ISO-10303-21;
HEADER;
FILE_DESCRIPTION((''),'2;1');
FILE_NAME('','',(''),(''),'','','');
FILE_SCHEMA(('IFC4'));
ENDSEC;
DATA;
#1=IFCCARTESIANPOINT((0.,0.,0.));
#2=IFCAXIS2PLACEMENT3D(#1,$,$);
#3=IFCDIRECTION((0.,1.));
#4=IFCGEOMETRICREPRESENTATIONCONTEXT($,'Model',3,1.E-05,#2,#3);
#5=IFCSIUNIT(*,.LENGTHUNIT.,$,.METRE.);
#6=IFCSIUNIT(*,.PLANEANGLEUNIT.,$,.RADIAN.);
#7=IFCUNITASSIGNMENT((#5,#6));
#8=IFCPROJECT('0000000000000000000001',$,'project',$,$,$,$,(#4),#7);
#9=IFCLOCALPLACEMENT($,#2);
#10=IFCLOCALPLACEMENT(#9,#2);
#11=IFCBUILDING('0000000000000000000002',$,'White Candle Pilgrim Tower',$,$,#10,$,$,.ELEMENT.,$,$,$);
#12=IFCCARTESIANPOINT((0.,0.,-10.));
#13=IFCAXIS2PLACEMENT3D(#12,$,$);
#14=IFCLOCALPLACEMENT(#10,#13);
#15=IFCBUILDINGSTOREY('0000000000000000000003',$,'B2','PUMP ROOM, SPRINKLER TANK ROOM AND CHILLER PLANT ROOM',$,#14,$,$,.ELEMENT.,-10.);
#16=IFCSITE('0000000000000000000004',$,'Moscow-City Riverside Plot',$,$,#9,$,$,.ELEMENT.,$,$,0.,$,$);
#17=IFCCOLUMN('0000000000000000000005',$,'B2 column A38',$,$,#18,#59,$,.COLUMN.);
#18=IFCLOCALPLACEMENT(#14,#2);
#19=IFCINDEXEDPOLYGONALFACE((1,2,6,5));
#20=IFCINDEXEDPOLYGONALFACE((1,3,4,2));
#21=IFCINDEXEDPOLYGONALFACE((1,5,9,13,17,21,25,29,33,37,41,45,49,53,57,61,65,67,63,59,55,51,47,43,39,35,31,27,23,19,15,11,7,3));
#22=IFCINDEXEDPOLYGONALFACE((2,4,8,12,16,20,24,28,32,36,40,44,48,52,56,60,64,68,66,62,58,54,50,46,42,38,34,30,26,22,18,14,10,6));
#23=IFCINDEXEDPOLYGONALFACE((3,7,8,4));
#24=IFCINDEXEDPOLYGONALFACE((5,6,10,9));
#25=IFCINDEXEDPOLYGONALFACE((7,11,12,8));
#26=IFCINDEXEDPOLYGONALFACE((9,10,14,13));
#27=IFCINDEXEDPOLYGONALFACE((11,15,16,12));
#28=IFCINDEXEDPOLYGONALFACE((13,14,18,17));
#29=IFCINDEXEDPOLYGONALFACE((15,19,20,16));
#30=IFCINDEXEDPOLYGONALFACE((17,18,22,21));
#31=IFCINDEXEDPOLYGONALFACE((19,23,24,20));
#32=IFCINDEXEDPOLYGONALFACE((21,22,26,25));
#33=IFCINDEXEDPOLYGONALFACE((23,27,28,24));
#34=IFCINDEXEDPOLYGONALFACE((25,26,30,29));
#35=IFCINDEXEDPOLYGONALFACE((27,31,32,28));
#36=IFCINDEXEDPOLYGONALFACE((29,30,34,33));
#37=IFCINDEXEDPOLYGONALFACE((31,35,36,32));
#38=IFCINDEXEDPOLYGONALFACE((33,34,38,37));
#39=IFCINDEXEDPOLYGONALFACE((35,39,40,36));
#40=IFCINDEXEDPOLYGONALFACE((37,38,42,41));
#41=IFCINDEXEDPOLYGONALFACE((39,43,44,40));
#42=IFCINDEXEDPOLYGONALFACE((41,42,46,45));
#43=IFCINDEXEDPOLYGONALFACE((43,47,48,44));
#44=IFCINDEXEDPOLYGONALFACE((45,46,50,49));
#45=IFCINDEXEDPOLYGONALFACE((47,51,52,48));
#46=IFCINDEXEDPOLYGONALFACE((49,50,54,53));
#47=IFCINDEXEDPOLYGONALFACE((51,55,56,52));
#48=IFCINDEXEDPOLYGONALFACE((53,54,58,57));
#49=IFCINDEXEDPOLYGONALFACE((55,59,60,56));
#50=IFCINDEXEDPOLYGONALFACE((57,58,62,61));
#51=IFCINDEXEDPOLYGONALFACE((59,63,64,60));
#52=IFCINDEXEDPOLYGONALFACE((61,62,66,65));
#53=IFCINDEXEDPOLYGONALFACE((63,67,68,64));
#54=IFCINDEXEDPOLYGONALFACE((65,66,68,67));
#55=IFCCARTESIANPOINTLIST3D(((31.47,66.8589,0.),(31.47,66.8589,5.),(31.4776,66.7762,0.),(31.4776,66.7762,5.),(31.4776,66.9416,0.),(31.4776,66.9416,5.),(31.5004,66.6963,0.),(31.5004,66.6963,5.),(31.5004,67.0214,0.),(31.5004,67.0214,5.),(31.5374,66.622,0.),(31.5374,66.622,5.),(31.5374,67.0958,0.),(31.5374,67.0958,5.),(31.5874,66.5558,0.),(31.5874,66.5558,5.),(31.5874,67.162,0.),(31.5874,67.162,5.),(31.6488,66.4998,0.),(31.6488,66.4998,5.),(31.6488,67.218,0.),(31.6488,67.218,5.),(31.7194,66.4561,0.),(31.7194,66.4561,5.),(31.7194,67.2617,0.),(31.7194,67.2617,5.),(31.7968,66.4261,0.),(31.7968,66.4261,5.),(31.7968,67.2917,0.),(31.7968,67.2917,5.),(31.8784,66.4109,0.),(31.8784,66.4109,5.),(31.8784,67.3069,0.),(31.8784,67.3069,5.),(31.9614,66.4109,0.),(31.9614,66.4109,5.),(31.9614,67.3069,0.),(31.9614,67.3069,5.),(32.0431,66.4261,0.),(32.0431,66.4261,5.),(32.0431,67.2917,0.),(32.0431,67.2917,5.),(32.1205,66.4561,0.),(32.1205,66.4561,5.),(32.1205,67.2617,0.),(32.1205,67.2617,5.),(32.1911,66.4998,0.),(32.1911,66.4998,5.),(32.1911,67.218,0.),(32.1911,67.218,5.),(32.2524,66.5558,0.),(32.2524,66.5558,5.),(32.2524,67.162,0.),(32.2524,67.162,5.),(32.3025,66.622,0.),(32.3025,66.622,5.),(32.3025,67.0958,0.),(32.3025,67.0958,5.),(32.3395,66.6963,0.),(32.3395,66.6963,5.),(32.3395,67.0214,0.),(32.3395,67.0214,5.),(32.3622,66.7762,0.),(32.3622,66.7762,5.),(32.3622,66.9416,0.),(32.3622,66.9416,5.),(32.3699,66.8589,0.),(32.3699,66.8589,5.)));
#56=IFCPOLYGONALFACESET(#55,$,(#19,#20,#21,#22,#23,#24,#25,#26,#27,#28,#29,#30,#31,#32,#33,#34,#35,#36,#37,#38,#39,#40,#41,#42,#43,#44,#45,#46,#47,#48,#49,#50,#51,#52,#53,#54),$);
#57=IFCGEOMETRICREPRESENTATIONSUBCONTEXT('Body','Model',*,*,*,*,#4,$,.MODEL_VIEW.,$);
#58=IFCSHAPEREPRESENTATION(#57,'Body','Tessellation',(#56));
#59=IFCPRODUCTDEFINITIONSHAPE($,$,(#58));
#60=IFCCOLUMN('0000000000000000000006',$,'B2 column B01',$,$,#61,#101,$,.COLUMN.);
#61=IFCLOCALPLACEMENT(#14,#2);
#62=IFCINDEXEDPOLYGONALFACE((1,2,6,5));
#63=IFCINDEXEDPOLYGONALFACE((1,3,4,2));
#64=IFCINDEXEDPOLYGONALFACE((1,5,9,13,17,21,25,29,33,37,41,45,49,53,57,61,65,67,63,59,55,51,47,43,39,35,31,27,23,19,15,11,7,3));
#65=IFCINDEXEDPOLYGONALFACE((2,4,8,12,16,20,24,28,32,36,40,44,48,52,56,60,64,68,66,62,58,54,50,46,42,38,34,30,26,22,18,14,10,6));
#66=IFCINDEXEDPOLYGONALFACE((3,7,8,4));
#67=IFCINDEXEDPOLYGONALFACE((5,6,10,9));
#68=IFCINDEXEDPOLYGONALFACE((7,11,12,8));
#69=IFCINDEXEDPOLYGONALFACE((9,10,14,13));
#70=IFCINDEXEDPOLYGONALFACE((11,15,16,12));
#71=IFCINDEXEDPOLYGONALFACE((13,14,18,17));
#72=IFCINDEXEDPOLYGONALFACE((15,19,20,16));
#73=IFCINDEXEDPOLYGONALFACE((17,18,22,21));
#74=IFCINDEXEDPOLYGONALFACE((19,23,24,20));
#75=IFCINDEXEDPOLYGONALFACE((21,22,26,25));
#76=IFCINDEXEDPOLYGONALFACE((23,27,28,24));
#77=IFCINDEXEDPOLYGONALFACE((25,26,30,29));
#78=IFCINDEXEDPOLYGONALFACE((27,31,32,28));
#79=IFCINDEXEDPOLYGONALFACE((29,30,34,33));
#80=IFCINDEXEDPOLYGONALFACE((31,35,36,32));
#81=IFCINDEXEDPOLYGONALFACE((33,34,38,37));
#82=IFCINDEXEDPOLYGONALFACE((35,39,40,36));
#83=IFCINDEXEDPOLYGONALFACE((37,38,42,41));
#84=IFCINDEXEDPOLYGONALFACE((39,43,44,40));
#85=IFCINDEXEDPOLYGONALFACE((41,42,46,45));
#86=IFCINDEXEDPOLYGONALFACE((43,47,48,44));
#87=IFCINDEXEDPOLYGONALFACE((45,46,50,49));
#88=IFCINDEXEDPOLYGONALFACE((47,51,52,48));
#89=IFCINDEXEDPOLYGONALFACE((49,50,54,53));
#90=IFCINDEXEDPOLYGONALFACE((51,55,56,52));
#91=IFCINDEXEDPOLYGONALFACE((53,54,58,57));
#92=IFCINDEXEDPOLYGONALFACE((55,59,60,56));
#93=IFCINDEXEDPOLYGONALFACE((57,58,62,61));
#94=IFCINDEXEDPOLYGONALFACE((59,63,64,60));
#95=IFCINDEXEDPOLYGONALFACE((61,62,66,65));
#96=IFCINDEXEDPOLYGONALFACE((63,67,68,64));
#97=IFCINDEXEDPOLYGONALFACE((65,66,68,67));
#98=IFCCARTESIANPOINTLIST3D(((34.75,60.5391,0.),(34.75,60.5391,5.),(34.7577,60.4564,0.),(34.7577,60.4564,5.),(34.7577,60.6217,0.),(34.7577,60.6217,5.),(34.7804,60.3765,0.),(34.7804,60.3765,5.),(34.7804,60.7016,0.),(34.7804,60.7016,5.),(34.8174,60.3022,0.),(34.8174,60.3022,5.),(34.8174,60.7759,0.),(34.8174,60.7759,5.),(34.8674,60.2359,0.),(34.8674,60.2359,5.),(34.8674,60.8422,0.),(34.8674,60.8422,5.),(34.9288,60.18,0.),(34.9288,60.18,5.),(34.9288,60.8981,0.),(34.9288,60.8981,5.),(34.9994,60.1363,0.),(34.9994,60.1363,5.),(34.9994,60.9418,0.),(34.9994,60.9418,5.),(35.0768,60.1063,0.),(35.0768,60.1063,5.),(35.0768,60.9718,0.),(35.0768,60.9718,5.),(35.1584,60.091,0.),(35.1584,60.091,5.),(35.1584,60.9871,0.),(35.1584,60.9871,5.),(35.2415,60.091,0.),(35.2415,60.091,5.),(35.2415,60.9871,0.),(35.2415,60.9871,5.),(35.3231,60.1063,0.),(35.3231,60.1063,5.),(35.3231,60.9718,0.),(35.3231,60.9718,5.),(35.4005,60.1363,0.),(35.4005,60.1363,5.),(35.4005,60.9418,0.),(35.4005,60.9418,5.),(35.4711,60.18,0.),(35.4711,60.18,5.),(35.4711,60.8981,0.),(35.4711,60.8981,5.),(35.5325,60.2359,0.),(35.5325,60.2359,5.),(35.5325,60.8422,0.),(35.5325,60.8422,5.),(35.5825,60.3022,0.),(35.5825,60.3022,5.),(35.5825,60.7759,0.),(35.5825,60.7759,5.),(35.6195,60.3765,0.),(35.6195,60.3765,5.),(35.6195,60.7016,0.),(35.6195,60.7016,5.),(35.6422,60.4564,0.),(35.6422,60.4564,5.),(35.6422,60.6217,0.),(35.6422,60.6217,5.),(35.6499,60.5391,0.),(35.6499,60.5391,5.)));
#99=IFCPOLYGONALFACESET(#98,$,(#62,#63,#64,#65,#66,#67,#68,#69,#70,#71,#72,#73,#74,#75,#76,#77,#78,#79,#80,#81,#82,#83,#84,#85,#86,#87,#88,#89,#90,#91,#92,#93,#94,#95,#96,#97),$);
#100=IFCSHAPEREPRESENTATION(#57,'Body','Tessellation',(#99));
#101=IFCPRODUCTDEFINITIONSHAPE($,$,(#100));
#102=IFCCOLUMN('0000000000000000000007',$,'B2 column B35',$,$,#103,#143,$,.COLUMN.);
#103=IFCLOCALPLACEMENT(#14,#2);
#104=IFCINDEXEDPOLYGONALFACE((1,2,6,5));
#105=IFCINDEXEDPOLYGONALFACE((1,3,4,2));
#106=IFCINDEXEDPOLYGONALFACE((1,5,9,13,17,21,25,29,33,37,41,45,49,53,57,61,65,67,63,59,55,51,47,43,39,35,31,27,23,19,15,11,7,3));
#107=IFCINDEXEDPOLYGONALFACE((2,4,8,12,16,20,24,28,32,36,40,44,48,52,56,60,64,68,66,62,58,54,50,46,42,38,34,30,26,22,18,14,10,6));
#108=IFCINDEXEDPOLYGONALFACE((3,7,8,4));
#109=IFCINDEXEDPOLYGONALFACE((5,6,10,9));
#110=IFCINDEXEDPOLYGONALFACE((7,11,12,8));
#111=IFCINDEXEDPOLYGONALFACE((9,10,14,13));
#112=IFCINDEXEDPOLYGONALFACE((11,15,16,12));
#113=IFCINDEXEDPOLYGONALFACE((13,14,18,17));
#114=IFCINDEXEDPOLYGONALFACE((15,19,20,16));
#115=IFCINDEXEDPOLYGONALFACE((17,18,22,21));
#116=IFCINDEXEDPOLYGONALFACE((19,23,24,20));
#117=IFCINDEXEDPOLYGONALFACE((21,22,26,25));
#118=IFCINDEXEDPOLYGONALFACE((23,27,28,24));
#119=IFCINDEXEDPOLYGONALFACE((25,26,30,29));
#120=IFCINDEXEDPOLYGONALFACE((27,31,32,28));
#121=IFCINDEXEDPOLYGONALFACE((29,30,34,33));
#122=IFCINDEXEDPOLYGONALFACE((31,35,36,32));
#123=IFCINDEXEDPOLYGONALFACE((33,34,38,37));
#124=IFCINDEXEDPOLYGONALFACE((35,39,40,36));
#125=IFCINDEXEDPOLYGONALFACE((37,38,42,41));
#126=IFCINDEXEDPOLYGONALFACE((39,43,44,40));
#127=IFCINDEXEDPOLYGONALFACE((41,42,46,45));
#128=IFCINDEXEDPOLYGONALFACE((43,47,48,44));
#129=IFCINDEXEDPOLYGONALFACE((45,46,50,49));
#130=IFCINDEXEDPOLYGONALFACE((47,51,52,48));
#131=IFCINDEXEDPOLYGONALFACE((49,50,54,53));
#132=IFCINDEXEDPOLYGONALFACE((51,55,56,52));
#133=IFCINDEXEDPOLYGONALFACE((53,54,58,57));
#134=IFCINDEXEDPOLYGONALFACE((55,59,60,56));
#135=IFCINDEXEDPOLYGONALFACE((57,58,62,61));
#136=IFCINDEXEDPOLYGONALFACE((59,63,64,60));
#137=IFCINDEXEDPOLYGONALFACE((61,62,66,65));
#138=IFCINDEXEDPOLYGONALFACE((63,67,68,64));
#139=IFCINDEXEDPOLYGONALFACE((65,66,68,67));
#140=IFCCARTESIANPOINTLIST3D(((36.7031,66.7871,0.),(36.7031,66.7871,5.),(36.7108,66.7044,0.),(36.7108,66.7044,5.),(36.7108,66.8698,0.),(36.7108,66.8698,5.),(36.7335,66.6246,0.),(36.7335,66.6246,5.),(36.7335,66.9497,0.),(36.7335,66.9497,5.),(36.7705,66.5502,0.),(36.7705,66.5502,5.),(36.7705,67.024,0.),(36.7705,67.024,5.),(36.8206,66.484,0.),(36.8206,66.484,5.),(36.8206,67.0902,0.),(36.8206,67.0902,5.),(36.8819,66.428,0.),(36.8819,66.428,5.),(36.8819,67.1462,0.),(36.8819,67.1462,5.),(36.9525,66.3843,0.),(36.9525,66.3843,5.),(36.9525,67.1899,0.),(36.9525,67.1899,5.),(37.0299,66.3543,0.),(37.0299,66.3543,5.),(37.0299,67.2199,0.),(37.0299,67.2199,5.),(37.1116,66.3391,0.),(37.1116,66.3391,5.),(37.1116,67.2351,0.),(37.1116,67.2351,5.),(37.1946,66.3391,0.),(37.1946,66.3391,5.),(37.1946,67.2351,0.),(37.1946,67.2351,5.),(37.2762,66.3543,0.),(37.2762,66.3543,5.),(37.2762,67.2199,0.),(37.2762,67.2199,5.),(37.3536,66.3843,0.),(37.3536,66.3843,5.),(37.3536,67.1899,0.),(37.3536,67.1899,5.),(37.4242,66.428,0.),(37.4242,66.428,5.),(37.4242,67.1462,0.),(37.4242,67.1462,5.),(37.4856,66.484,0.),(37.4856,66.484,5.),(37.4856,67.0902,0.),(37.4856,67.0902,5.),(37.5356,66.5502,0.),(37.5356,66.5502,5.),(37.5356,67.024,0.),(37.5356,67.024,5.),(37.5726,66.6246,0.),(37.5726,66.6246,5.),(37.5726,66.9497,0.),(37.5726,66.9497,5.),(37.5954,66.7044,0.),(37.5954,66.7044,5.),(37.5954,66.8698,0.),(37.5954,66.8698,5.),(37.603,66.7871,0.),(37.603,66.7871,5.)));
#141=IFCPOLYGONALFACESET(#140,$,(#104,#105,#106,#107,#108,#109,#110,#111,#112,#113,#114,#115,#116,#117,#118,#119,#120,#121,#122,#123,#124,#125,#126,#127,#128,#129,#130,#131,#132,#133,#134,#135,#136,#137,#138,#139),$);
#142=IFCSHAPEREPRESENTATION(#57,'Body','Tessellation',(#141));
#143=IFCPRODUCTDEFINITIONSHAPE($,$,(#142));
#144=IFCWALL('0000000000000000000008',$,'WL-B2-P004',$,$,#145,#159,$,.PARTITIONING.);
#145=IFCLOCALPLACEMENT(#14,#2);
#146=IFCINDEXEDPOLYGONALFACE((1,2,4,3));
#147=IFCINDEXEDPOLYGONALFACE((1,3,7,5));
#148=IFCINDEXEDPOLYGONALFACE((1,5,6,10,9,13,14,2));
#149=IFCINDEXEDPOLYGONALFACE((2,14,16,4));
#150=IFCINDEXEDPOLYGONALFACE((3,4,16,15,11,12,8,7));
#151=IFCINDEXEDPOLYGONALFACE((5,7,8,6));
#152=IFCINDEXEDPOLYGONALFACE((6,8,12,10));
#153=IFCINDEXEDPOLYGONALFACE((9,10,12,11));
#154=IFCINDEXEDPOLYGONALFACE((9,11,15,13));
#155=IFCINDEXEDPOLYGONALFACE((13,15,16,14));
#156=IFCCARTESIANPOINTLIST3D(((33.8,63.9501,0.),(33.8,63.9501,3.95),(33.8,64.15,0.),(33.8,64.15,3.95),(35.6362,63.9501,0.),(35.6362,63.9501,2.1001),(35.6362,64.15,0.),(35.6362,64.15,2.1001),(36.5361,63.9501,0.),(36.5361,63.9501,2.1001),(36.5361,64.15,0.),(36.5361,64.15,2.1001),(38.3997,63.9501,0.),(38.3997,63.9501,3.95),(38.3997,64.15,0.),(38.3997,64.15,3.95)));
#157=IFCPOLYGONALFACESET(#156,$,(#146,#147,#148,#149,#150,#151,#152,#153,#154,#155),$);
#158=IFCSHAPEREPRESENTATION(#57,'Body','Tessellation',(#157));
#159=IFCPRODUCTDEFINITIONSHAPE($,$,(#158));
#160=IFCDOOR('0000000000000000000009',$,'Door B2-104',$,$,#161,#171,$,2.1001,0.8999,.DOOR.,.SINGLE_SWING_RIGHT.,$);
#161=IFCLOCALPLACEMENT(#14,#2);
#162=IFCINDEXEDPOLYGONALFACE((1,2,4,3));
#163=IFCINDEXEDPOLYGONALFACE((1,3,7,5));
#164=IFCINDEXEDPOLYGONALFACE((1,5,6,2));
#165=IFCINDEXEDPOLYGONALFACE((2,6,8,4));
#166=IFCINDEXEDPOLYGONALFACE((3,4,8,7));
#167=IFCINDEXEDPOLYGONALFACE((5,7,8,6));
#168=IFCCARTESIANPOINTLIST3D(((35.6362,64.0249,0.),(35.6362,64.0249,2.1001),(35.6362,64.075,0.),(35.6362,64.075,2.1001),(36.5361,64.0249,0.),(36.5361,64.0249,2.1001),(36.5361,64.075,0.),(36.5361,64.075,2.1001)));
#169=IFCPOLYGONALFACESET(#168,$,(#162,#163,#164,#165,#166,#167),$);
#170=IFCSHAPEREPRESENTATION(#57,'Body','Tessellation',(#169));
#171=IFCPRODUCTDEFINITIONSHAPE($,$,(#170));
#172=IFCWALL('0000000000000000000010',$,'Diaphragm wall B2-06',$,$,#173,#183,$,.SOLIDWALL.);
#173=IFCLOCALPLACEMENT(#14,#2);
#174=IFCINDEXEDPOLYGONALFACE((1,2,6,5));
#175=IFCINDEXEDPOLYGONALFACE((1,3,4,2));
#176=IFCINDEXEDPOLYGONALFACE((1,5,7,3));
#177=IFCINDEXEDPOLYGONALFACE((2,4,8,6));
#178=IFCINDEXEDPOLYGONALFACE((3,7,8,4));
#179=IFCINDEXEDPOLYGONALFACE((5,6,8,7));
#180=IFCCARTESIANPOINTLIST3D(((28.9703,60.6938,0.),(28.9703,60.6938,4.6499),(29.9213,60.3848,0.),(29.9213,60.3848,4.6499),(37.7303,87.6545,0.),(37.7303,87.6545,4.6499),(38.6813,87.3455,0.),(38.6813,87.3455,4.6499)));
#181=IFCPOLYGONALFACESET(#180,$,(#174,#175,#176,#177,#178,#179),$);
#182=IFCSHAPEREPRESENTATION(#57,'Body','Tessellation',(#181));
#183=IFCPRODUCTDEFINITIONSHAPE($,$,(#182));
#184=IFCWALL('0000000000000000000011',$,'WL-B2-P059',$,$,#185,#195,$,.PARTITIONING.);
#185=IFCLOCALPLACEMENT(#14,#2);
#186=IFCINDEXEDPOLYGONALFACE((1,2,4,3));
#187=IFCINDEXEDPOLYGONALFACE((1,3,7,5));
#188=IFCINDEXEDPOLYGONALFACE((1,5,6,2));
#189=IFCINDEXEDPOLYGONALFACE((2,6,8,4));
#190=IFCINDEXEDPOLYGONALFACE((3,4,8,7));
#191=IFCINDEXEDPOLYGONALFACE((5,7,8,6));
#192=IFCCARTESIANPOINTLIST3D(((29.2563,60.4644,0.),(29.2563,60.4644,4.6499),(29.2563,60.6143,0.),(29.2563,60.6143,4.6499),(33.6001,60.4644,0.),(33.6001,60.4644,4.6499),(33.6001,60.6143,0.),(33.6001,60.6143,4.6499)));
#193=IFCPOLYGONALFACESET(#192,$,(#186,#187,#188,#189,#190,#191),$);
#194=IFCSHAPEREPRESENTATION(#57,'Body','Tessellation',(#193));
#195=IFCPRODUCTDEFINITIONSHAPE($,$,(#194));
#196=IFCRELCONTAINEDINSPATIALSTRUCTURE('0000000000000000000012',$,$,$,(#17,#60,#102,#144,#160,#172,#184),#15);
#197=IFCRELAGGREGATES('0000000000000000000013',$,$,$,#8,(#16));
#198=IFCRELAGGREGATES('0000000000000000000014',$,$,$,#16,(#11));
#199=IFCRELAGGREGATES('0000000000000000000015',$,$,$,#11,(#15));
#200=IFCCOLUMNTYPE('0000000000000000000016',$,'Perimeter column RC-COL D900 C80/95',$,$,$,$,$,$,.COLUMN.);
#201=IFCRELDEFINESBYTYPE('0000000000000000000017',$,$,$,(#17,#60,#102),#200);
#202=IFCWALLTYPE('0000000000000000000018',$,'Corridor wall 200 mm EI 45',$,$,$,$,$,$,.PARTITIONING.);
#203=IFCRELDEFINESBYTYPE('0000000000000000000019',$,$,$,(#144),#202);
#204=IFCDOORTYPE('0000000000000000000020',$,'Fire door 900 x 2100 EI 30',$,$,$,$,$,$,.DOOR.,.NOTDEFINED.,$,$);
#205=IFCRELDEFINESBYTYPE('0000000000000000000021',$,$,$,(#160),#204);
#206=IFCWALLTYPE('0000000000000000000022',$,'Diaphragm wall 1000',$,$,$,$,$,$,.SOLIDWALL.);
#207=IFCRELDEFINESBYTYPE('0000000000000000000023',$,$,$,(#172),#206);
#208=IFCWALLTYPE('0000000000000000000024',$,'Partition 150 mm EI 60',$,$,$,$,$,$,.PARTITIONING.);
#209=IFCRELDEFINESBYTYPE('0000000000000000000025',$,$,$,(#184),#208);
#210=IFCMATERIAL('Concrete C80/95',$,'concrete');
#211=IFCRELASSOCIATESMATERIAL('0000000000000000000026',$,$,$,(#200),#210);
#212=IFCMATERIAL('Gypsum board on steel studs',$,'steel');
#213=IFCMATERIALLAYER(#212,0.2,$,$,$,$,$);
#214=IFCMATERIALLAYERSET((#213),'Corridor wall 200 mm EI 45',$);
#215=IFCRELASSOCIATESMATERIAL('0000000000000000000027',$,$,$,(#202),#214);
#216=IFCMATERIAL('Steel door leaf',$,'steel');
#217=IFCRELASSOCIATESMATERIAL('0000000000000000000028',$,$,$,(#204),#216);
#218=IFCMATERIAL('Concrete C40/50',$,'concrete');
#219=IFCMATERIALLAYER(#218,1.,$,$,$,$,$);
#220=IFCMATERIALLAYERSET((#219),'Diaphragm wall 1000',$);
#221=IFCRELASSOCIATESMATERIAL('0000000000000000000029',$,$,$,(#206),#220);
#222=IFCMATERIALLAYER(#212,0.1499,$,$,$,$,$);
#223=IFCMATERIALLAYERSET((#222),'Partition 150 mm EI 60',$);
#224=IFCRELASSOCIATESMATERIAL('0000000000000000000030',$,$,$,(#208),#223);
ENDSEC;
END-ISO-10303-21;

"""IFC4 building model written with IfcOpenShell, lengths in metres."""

from ifc_helpers import new_model, si_unit, direction, frame, frame_2d, origin, origin_2d, place, context, subcontext, project, spatial, rectangle, circle, extrude, material, layer, layer_set, material_profile, profile_set, type_object, element, fill, save


model = new_model("IFC4")

# Units and contexts
model_context = context("Model", 3, precision=1e-05, world=origin(), true_north=direction((0.0, 1.0)))
body_context = subcontext(model_context, "Body", "Model", "MODEL_VIEW")
ifc_project = project(units=[si_unit("LENGTHUNIT", "METRE"), si_unit("PLANEANGLEUNIT", "RADIAN")], contexts=[model_context])

# Site, building, storey
site_placement = place(None, origin())
site = spatial("IfcSite", under=ifc_project, at=site_placement, Name="Moscow-City Riverside Plot", CompositionType="ELEMENT", RefElevation=0.0)
building_placement = place(site_placement, origin())
building = spatial("IfcBuilding", under=site, at=building_placement, Name="White Candle Pilgrim Tower", CompositionType="ELEMENT")
storey_placement = place(building_placement, frame((0.0, 0.0, -10.0)))
storey = spatial("IfcBuildingStorey", under=building, at=storey_placement, Name="B2", Description="PUMP ROOM, SPRINKLER TANK ROOM AND CHILLER PLANT ROOM", CompositionType="ELEMENT", Elevation=-10.0)

# Shared definitions
ifc_material_1 = material(Name="Concrete C40/50", Category="concrete")

# Columns
ifc_material_2 = material(Name="Concrete C80/95", Category="concrete")
ifc_material_profile_1 = material_profile(ifc_material_2, circle(Radius=0.45, at=origin_2d()), Name="RC-COL D900")
ifc_profile_set_1 = profile_set([ifc_material_profile_1], Name="Concrete C80/95")
column_type = type_object("IfcColumnType", Name="Perimeter column RC-COL D900 C80/95", PredefinedType="COLUMN", material=ifc_profile_set_1)
for number, where, z_axis, x_axis, name in (
    (1, (31.9199, 66.8589, 0.0), (0.0, 0.0, 1.0), (1.0, 0.0, 0.0), "B2 column A38"),
    (2, (35.2, 60.5391, 0.0), (0.0, 0.0, 1.0), (1.0, 0.0, 0.0), "B2 column B01"),
    (3, (37.1531, 66.7871, 0.0), (0.0, 0.0, 1.0), (1.0, 0.0, 0.0), "B2 column B35"),
):
    element("IfcColumn", number, at=place(storey_placement, frame(where, z_axis=z_axis, x_axis=x_axis)), inside=storey, type_object=column_type, Name=name, PredefinedType="COLUMN", context=body_context, shape_type="SweptSolid", body=[
        extrude(circle(Radius=0.45, at=origin_2d()), origin(), (0.0, 0.0, 1.0), 5.0),
    ])

# Wall, opening, door
ifc_material_3 = material(Name="Gypsum board on steel studs", Category="steel")
ifc_layer_1 = layer(ifc_material_3, 0.2)
ifc_layer_set_1 = layer_set([ifc_layer_1], Name="Corridor wall 200 mm EI 45")
wall_type_1 = type_object("IfcWallType", Name="Corridor wall 200 mm EI 45", PredefinedType="PARTITIONING", material=ifc_layer_set_1)
wall_1_placement = place(storey_placement, frame((33.8, 64.05, 0.0), z_axis=(0.0, 0.0, 1.0), x_axis=(1.0, 0.0, 0.0)))
wall_1 = element("IfcWall", 4, at=wall_1_placement, inside=storey, type_object=wall_type_1, Name="WL-B2-P004", PredefinedType="PARTITIONING", context=body_context, shape_type="SweptSolid", body=[
    extrude(rectangle(XDim=4.5996, YDim=0.2, at=frame_2d((2.2998, 0.0))), origin(), (0.0, 0.0, 1.0), 3.95),
])
opening_placement = place(wall_1_placement, frame((1.8362, 0.0, 0.0)))
opening = element("IfcOpeningElement", 5, at=opening_placement, cuts=wall_1, PredefinedType="OPENING", context=body_context, shape_type="SweptSolid", body=[
    extrude(rectangle(XDim=0.8999, YDim=2.1001, at=frame_2d((0.45, 1.05))), frame((0.0, 0.1099, 0.0), z_axis=(0.0, -1.0, 0.0), x_axis=(1.0, 0.0, 0.0)), (0.0, 0.0, 1.0), 0.22),
])
ifc_material_4 = material(Name="Steel door leaf", Category="steel")
door_type = type_object("IfcDoorType", Name="Fire door 900 x 2100 EI 30", OperationType="NOTDEFINED", PredefinedType="DOOR", material=ifc_material_4)
door_placement = place(opening_placement, origin())
door = element("IfcDoor", 6, at=door_placement, inside=storey, type_object=door_type, Name="Door B2-104", OperationType="SINGLE_SWING_RIGHT", OverallHeight=2.1001, OverallWidth=0.8999, PredefinedType="DOOR", context=body_context, shape_type="SweptSolid", body=[
    extrude(rectangle(XDim=0.8999, YDim=2.1001, at=frame_2d((0.45, 1.05))), frame((0.0, 0.0249, 0.0), z_axis=(0.0, -1.0, 0.0), x_axis=(1.0, 0.0, 0.0)), (0.0, 0.0, 1.0), 0.05),
])
fill(opening, door)

# Walls
ifc_layer_2 = layer(ifc_material_1, 1.0)
ifc_layer_set_2 = layer_set([ifc_layer_2], Name="Diaphragm wall 1000")
wall_type_2 = type_object("IfcWallType", Name="Diaphragm wall 1000", PredefinedType="SOLIDWALL", material=ifc_layer_set_2)
wall_2_placement = place(storey_placement, frame((29.4458, 60.5393, 0.0), z_axis=(0.0, 0.0, 1.0), x_axis=(0.309015, 0.951057, 0.0)))
element("IfcWall", 7, at=wall_2_placement, inside=storey, type_object=wall_type_2, Name="Diaphragm wall B2-06", PredefinedType="SOLIDWALL", context=body_context, shape_type="SweptSolid", body=[
    extrude(rectangle(XDim=28.3481, YDim=1.0, at=frame_2d((14.1741, 0.0))), origin(), (0.0, 0.0, 1.0), 4.6499),
])
ifc_layer_3 = layer(ifc_material_3, 0.1499)
ifc_layer_set_3 = layer_set([ifc_layer_3], Name="Partition 150 mm EI 60")
wall_type_3 = type_object("IfcWallType", Name="Partition 150 mm EI 60", PredefinedType="PARTITIONING", material=ifc_layer_set_3)
wall_3_placement = place(storey_placement, frame((29.2563, 60.5393, 0.0), z_axis=(0.0, 0.0, 1.0), x_axis=(1.0, 0.0, 0.0)))
element("IfcWall", 8, at=wall_3_placement, inside=storey, type_object=wall_type_3, Name="WL-B2-P059", PredefinedType="PARTITIONING", context=body_context, shape_type="SweptSolid", body=[
    extrude(rectangle(XDim=4.3438, YDim=0.1499, at=frame_2d((2.1719, 0.0))), origin(), (0.0, 0.0, 1.0), 4.6499),
])

save(model, "model.ifc")
